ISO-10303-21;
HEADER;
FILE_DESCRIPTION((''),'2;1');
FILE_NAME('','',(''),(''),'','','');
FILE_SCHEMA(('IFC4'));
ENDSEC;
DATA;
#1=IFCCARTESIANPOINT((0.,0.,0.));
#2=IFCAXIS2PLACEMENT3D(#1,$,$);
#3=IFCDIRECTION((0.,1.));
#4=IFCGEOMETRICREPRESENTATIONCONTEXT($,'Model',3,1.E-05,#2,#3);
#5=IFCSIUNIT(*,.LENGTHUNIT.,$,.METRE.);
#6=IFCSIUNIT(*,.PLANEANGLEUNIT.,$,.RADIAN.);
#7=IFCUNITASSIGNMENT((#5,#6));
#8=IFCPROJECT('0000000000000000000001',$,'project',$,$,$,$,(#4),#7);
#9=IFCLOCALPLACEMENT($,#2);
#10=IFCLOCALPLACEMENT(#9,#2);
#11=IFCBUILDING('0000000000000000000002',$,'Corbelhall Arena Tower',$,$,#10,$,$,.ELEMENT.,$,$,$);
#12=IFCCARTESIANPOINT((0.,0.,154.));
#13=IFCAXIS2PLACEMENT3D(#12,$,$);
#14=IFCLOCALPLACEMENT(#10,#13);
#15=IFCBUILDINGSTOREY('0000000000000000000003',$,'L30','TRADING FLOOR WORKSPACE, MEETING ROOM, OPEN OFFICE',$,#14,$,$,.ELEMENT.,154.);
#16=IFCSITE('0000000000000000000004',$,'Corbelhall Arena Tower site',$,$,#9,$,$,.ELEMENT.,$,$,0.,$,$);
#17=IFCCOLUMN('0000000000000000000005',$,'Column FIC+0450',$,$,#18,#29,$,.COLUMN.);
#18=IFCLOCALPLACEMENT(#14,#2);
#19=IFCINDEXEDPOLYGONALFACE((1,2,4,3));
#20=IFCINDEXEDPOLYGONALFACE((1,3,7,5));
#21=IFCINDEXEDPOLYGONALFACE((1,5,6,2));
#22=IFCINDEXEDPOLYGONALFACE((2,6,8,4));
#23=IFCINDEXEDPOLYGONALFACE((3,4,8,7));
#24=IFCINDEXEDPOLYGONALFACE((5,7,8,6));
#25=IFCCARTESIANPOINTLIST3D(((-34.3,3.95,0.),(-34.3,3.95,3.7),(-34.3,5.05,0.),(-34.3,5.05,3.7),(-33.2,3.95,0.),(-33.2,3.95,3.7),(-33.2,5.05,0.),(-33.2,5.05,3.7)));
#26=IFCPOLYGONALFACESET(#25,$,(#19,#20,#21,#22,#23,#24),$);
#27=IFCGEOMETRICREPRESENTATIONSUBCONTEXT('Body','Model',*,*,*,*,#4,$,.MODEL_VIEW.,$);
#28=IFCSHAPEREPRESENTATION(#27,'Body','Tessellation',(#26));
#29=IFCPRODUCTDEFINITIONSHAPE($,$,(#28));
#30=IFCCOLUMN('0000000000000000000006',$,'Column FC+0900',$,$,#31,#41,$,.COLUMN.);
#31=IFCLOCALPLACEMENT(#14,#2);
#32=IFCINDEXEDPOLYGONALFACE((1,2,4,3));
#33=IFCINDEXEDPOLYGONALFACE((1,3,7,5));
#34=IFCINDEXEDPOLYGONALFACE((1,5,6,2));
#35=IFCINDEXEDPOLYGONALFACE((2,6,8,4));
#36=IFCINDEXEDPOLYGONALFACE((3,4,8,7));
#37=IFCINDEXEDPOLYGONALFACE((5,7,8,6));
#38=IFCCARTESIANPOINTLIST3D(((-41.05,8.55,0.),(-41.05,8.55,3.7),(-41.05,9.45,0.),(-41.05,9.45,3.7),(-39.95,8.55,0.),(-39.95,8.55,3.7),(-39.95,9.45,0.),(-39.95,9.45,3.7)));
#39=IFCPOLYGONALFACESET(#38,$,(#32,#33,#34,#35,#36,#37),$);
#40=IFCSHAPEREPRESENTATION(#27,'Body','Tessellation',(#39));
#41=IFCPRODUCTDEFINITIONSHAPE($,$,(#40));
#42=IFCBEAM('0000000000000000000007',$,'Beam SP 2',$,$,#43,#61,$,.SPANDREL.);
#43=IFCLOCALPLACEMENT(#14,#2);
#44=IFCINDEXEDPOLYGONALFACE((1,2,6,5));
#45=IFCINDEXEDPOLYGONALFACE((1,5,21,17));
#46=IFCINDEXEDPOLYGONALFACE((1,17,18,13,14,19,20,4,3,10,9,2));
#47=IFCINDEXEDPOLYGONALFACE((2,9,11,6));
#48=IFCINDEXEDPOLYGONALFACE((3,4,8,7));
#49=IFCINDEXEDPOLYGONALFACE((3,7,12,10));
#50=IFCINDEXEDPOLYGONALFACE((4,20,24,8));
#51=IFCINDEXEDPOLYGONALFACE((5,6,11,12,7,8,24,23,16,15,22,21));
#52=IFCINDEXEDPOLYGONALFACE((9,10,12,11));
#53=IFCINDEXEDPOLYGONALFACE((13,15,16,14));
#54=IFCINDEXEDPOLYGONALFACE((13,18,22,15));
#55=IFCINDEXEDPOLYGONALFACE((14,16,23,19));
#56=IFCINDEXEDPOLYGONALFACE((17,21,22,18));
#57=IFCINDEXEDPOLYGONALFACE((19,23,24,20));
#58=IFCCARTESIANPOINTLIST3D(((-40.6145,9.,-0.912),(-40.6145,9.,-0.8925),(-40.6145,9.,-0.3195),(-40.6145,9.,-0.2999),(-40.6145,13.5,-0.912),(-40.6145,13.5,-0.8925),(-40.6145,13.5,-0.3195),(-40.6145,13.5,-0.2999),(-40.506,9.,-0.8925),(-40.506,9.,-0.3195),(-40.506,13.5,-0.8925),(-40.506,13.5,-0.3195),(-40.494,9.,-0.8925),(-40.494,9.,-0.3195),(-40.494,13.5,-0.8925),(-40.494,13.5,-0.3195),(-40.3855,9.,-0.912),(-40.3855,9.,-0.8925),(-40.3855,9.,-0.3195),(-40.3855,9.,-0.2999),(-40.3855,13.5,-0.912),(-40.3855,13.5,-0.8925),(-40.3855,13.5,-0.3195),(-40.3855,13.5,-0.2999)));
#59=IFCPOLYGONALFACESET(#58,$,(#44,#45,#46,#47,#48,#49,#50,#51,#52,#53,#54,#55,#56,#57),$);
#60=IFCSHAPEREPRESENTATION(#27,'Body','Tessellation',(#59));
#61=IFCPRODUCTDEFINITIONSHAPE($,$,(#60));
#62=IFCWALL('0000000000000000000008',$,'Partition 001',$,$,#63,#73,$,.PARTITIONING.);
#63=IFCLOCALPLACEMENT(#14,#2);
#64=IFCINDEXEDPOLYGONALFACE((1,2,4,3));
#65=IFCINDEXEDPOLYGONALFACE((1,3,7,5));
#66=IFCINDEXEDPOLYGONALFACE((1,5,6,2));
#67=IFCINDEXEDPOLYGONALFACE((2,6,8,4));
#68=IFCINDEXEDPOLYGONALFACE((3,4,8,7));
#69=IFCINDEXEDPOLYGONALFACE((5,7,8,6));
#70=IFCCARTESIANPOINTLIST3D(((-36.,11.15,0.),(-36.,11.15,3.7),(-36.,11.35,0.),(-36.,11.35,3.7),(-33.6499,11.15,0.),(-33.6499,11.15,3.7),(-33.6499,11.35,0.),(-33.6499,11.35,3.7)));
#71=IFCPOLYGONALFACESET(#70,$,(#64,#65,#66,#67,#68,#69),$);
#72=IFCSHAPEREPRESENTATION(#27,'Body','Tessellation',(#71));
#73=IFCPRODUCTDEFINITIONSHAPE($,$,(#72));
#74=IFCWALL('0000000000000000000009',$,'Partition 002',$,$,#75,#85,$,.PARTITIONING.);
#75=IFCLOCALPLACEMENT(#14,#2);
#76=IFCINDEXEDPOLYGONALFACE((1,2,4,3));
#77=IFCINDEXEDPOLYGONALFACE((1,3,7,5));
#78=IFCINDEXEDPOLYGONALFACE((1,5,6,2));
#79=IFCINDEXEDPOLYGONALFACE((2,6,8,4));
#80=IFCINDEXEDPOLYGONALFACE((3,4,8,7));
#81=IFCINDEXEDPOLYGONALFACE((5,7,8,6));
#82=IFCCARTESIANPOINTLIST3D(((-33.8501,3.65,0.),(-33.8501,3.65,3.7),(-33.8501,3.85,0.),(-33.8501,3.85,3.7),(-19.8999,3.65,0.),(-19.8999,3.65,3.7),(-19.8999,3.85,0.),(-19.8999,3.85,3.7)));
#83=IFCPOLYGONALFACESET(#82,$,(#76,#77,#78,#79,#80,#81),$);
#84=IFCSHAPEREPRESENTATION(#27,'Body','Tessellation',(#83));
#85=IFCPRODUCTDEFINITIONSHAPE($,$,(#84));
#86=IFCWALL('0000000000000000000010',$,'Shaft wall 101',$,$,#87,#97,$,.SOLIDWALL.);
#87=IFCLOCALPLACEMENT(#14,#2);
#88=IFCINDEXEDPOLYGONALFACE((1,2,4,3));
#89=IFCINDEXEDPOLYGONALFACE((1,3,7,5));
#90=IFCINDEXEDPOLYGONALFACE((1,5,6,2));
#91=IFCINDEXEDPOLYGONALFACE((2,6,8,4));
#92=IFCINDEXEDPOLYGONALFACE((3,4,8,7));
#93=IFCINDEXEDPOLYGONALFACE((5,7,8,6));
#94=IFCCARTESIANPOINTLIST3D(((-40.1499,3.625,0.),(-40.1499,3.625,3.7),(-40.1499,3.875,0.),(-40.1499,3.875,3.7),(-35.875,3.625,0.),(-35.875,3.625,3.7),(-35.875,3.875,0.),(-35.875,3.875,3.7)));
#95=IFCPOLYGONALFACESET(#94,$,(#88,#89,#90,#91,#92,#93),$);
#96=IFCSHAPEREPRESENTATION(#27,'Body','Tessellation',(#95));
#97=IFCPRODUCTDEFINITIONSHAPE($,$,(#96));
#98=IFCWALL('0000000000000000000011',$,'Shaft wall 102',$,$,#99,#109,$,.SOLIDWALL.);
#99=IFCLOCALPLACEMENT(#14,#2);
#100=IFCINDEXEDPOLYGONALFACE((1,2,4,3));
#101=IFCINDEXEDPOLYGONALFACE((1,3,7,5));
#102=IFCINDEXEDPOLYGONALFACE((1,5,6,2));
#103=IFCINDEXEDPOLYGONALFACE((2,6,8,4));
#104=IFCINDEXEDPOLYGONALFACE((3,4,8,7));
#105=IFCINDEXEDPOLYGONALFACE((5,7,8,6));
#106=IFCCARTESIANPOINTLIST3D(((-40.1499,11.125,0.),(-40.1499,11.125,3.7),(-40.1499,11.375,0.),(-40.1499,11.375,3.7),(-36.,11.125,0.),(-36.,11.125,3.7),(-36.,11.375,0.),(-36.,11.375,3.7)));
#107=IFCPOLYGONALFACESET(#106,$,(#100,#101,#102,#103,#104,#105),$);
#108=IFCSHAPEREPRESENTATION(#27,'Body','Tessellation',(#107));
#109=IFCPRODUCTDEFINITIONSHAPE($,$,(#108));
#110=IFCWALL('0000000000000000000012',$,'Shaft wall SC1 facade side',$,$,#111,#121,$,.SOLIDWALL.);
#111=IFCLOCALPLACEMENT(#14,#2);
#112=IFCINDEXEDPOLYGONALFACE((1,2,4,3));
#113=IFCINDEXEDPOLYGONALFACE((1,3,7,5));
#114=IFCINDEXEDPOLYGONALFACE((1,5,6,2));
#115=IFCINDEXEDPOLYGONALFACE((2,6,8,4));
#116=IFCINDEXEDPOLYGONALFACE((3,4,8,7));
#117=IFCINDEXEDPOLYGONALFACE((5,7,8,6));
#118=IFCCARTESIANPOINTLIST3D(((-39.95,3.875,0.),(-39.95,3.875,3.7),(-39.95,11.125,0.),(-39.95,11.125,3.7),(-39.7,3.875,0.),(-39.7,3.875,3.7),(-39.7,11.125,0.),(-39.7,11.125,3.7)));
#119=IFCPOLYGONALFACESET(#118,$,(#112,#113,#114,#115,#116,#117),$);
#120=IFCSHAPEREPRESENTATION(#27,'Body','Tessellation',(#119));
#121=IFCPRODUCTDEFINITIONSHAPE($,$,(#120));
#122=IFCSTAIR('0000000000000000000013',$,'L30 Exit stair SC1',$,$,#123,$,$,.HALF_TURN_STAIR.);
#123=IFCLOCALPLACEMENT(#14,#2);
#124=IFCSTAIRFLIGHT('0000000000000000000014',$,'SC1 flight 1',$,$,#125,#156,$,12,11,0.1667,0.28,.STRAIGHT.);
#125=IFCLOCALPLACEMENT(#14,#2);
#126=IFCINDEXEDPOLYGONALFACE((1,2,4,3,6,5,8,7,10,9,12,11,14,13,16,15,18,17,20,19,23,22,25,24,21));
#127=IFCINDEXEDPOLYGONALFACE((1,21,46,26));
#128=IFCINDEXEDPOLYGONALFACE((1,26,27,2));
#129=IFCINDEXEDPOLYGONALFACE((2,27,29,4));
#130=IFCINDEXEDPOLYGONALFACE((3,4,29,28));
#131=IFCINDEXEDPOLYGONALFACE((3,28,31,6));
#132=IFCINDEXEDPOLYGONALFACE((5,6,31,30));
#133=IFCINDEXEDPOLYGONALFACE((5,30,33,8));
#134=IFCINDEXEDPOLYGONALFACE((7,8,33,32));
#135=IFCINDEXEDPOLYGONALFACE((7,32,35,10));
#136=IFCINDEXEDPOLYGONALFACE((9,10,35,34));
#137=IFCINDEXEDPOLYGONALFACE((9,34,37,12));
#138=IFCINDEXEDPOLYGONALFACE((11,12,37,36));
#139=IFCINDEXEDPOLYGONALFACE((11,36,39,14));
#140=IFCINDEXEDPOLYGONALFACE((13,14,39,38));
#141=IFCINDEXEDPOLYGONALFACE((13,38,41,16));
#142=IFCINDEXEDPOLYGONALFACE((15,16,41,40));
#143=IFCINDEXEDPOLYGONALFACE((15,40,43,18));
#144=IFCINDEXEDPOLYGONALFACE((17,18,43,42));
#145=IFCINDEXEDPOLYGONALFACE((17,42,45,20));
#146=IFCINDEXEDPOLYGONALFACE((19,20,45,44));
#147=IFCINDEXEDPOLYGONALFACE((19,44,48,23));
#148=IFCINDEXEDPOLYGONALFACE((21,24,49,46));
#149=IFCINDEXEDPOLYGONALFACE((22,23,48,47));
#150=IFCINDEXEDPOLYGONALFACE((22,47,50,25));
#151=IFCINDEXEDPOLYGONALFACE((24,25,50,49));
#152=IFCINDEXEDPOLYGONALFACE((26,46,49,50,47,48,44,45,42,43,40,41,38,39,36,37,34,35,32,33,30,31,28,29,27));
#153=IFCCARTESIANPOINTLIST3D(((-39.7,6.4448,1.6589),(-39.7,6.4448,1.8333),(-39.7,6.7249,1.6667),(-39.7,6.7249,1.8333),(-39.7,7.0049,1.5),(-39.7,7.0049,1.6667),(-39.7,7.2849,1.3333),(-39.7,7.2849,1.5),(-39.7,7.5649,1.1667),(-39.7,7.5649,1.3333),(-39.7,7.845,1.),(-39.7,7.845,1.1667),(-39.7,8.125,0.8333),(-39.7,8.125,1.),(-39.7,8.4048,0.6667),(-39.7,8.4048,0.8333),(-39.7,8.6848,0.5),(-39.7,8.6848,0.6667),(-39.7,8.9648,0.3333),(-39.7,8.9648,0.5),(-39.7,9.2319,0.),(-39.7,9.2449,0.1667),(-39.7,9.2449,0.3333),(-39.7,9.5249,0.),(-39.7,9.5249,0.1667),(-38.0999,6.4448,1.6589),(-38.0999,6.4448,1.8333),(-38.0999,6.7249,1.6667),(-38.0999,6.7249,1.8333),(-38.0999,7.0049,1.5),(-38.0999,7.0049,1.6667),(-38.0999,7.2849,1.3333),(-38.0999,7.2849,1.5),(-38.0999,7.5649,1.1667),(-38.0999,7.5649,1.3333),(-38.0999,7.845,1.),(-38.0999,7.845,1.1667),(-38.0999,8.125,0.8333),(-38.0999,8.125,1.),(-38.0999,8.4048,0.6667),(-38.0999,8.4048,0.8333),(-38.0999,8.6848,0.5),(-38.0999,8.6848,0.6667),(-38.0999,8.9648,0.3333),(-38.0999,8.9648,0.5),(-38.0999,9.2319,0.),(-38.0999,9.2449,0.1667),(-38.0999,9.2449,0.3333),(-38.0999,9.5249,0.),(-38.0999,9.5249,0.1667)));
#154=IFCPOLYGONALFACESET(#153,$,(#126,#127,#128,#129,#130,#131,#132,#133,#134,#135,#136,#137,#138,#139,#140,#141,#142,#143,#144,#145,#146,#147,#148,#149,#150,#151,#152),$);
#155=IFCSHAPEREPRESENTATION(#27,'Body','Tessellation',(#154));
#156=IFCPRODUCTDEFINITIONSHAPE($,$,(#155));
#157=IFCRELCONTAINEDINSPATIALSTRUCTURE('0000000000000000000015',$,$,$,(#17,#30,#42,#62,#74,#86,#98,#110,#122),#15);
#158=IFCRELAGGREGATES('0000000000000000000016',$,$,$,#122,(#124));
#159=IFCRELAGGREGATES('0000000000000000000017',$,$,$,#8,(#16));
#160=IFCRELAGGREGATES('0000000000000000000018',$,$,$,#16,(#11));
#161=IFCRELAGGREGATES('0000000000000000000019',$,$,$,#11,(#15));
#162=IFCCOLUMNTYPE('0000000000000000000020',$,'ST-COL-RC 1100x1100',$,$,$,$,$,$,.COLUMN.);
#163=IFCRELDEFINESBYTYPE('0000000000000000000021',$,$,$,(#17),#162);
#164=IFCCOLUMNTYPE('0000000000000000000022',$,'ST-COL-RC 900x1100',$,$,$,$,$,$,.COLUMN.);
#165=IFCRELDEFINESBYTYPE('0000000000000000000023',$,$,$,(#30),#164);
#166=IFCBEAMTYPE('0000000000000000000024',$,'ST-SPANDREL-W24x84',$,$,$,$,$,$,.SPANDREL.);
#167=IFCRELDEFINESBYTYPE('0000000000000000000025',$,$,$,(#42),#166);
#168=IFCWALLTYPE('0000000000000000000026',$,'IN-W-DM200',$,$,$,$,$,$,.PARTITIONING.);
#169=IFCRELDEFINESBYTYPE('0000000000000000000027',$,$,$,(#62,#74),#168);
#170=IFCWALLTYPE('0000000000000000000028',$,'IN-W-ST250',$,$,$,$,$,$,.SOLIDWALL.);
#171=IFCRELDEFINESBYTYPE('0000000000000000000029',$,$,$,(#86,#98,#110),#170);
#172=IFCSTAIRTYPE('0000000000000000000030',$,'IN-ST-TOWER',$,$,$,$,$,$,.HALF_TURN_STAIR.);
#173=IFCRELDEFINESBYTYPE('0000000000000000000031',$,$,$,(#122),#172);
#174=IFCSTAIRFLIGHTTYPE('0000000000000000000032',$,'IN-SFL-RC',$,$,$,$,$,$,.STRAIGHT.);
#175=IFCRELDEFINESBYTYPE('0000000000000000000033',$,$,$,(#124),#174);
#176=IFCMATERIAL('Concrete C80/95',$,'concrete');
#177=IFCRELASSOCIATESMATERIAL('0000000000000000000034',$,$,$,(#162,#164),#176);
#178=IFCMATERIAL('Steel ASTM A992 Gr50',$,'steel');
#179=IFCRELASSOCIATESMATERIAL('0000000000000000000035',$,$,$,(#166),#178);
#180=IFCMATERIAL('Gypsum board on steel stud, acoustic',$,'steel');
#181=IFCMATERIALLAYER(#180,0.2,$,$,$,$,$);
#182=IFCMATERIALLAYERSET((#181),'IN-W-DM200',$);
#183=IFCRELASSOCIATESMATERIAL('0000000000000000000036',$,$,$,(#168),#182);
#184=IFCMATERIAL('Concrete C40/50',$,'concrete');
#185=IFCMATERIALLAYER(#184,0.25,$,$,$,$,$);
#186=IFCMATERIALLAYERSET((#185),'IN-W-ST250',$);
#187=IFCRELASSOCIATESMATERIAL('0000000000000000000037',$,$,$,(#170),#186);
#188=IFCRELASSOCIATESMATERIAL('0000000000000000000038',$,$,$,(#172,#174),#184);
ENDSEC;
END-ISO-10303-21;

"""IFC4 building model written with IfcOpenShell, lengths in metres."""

from ifc_helpers import new_model, si_unit, direction, frame, frame_2d, origin, origin_2d, place, context, subcontext, project, spatial, polyline, rectangle, i_section, outline, extrude, material, layer, layer_set, material_profile, profile_set, type_object, element, aggregate, save


model = new_model("IFC4")

# Units and contexts
model_context = context("Model", 3, precision=1e-05, world=origin(), true_north=direction((0.0, 1.0)))
body_context = subcontext(model_context, "Body", "Model", "MODEL_VIEW")
ifc_project = project(units=[si_unit("LENGTHUNIT", "METRE"), si_unit("PLANEANGLEUNIT", "RADIAN")], contexts=[model_context])

# Site, building, storey
site_placement = place(None, origin())
site = spatial("IfcSite", under=ifc_project, at=site_placement, Name="Corbelhall Arena Tower site", CompositionType="ELEMENT", RefElevation=0.0)
building_placement = place(site_placement, origin())
building = spatial("IfcBuilding", under=site, at=building_placement, Name="Corbelhall Arena Tower", CompositionType="ELEMENT")
storey_placement = place(building_placement, frame((0.0, 0.0, 154.0)))
storey = spatial("IfcBuildingStorey", under=building, at=storey_placement, Name="L30", Description="TRADING FLOOR WORKSPACE, MEETING ROOM, OPEN OFFICE", CompositionType="ELEMENT", Elevation=154.0)

# Columns
ifc_material_1 = material(Name="Concrete C80/95", Category="concrete")
ifc_material_profile_1 = material_profile(ifc_material_1, rectangle(XDim=1.1001, YDim=1.1001, at=origin_2d()))
ifc_profile_set_1 = profile_set([ifc_material_profile_1], Name="Concrete C80/95")
column_type_1 = type_object("IfcColumnType", Name="ST-COL-RC 1100x1100", PredefinedType="COLUMN", material=ifc_profile_set_1)
column_1_placement = place(storey_placement, frame((-33.75, 4.5, 0.0), z_axis=(0.0, 0.0, 1.0), x_axis=(1.0, 0.0, 0.0)))
element("IfcColumn", 1, at=column_1_placement, inside=storey, type_object=column_type_1, Name="Column FIC+0450", PredefinedType="COLUMN", context=body_context, shape_type="SweptSolid", body=[
    extrude(rectangle(XDim=1.1001, YDim=1.1001, at=origin_2d()), origin(), (0.0, 0.0, 1.0), 3.7),
])
ifc_material_profile_2 = material_profile(ifc_material_1, rectangle(XDim=0.8999, YDim=1.1001, at=origin_2d()))
ifc_profile_set_2 = profile_set([ifc_material_profile_2], Name="Concrete C80/95")
column_type_2 = type_object("IfcColumnType", Name="ST-COL-RC 900x1100", PredefinedType="COLUMN", material=ifc_profile_set_2)
column_2_placement = place(storey_placement, frame((-40.5, 9.0, 0.0), z_axis=(0.0, 0.0, 1.0), x_axis=(0.0, 1.0, 0.0)))
element("IfcColumn", 2, at=column_2_placement, inside=storey, type_object=column_type_2, Name="Column FC+0900", PredefinedType="COLUMN", context=body_context, shape_type="SweptSolid", body=[
    extrude(rectangle(XDim=0.8999, YDim=1.1001, at=origin_2d()), origin(), (0.0, 0.0, 1.0), 3.7),
])

# Beam
ifc_material_2 = material(Name="Steel ASTM A992 Gr50", Category="steel")
ifc_material_profile_3 = material_profile(ifc_material_2, i_section(OverallWidth=0.229, OverallDepth=0.6121, WebThickness=0.012, FlangeThickness=0.0195, at=origin_2d()))
ifc_profile_set_3 = profile_set([ifc_material_profile_3], Name="Steel ASTM A992 Gr50")
beam_type = type_object("IfcBeamType", Name="ST-SPANDREL-W24x84", PredefinedType="SPANDREL", material=ifc_profile_set_3)
beam_placement = place(storey_placement, frame((-40.5, 9.0, -0.606), z_axis=(0.0, 1.0, 0.0), x_axis=(-1.0, 0.0, 0.0)))
element("IfcBeam", 3, at=beam_placement, inside=storey, type_object=beam_type, Name="Beam SP 2", PredefinedType="SPANDREL", context=body_context, shape_type="SweptSolid", body=[
    extrude(i_section(OverallWidth=0.229, OverallDepth=0.6121, WebThickness=0.012, FlangeThickness=0.0195, at=origin_2d()), origin(), (0.0, 0.0, 1.0), 4.5),
])

# Walls
ifc_material_3 = material(Name="Gypsum board on steel stud, acoustic", Category="steel")
ifc_layer_1 = layer(ifc_material_3, 0.2)
ifc_layer_set_1 = layer_set([ifc_layer_1], Name="IN-W-DM200")
wall_type_1 = type_object("IfcWallType", Name="IN-W-DM200", PredefinedType="PARTITIONING", material=ifc_layer_set_1)
wall_1_placement = place(storey_placement, frame((-36.0, 11.25, 0.0), z_axis=(0.0, 0.0, 1.0), x_axis=(1.0, 0.0, 0.0)))
element("IfcWall", 4, at=wall_1_placement, inside=storey, type_object=wall_type_1, Name="Partition 001", PredefinedType="PARTITIONING", context=body_context, shape_type="SweptSolid", body=[
    extrude(rectangle(XDim=2.3501, YDim=0.2, at=frame_2d((1.175, 0.0))), origin(), (0.0, 0.0, 1.0), 3.7),
])
wall_2_placement = place(storey_placement, frame((-33.8501, 3.75, 0.0), z_axis=(0.0, 0.0, 1.0), x_axis=(1.0, 0.0, 0.0)))
element("IfcWall", 5, at=wall_2_placement, inside=storey, type_object=wall_type_1, Name="Partition 002", PredefinedType="PARTITIONING", context=body_context, shape_type="SweptSolid", body=[
    extrude(rectangle(XDim=13.9502, YDim=0.2, at=frame_2d((6.9751, 0.0))), origin(), (0.0, 0.0, 1.0), 3.7),
])

# Walls
ifc_material_4 = material(Name="Concrete C40/50", Category="concrete")
ifc_layer_2 = layer(ifc_material_4, 0.25)
ifc_layer_set_2 = layer_set([ifc_layer_2], Name="IN-W-ST250")
wall_type_2 = type_object("IfcWallType", Name="IN-W-ST250", PredefinedType="SOLIDWALL", material=ifc_layer_set_2)
wall_3_placement = place(storey_placement, frame((-40.1499, 3.75, 0.0), z_axis=(0.0, 0.0, 1.0), x_axis=(1.0, 0.0, 0.0)))
element("IfcWall", 6, at=wall_3_placement, inside=storey, type_object=wall_type_2, Name="Shaft wall 101", PredefinedType="SOLIDWALL", context=body_context, shape_type="SweptSolid", body=[
    extrude(rectangle(XDim=4.2749, YDim=0.25, at=frame_2d((2.1375, 0.0))), origin(), (0.0, 0.0, 1.0), 3.7),
])
wall_4_placement = place(storey_placement, frame((-40.1499, 11.25, 0.0), z_axis=(0.0, 0.0, 1.0), x_axis=(1.0, 0.0, 0.0)))
element("IfcWall", 7, at=wall_4_placement, inside=storey, type_object=wall_type_2, Name="Shaft wall 102", PredefinedType="SOLIDWALL", context=body_context, shape_type="SweptSolid", body=[
    extrude(rectangle(XDim=4.1499, YDim=0.25, at=frame_2d((2.075, 0.0))), origin(), (0.0, 0.0, 1.0), 3.7),
])
wall_5_placement = place(storey_placement, frame((-39.825, 3.875, 0.0), z_axis=(0.0, 0.0, 1.0), x_axis=(0.0, 1.0, 0.0)))
element("IfcWall", 8, at=wall_5_placement, inside=storey, type_object=wall_type_2, Name="Shaft wall SC1 facade side", PredefinedType="SOLIDWALL", context=body_context, shape_type="SweptSolid", body=[
    extrude(rectangle(XDim=7.25, YDim=0.25, at=frame_2d((3.625, 0.0))), origin(), (0.0, 0.0, 1.0), 3.7),
])

# Stair, stair flight
stair_type = type_object("IfcStairType", Name="IN-ST-TOWER", PredefinedType="HALF_TURN_STAIR", material=ifc_material_4)
stair_placement = place(storey_placement, origin())
stair = element("IfcStair", 9, at=stair_placement, inside=storey, type_object=stair_type, Name="L30 Exit stair SC1", PredefinedType="HALF_TURN_STAIR")
stair_flight_type = type_object("IfcStairFlightType", Name="IN-SFL-RC", PredefinedType="STRAIGHT", material=ifc_material_4)
stair_flight_1_placement = place(storey_placement, frame((-38.8999, 9.5249, 0.0), z_axis=(0.0, 0.0, 1.0), x_axis=(0.0, -1.0, 0.0)))
stair_flight_1 = element("IfcStairFlight", 10, at=stair_flight_1_placement, type_object=stair_flight_type, Name="SC1 flight 1", NumberOfRisers=12, NumberOfTreads=11, PredefinedType="STRAIGHT", RiserHeight=0.1667, TreadLength=0.28, context=body_context, shape_type="SweptSolid", body=[
    extrude(outline(polyline([(0.0, 0.0), (0.0, 0.1667), (0.28, 0.1667), (0.28, 0.3333), (0.5601, 0.3333), (0.5601, 0.5), (0.8401, 0.5), (0.8401, 0.6667), (1.1201, 0.6667), (1.1201, 0.8333), (1.3999, 0.8333), (1.3999, 1.0), (1.6799, 1.0), (1.6799, 1.1667), (1.96, 1.1667), (1.96, 1.3333), (2.24, 1.3333), (2.24, 1.5), (2.52, 1.5), (2.52, 1.6667), (2.8, 1.6667), (2.8, 1.8333), (3.0801, 1.8333), (3.0801, 2.0), (3.0801, 1.6589), (0.293, 0.0), (0.0, 0.0)])), frame((0.0, 0.8, 0.0), z_axis=(0.0, -1.0, 0.0), x_axis=(1.0, 0.0, 0.0)), (0.0, 0.0, 1.0), 1.6001),
])
aggregate(stair, [stair_flight_1])

save(model, "model.ifc")
